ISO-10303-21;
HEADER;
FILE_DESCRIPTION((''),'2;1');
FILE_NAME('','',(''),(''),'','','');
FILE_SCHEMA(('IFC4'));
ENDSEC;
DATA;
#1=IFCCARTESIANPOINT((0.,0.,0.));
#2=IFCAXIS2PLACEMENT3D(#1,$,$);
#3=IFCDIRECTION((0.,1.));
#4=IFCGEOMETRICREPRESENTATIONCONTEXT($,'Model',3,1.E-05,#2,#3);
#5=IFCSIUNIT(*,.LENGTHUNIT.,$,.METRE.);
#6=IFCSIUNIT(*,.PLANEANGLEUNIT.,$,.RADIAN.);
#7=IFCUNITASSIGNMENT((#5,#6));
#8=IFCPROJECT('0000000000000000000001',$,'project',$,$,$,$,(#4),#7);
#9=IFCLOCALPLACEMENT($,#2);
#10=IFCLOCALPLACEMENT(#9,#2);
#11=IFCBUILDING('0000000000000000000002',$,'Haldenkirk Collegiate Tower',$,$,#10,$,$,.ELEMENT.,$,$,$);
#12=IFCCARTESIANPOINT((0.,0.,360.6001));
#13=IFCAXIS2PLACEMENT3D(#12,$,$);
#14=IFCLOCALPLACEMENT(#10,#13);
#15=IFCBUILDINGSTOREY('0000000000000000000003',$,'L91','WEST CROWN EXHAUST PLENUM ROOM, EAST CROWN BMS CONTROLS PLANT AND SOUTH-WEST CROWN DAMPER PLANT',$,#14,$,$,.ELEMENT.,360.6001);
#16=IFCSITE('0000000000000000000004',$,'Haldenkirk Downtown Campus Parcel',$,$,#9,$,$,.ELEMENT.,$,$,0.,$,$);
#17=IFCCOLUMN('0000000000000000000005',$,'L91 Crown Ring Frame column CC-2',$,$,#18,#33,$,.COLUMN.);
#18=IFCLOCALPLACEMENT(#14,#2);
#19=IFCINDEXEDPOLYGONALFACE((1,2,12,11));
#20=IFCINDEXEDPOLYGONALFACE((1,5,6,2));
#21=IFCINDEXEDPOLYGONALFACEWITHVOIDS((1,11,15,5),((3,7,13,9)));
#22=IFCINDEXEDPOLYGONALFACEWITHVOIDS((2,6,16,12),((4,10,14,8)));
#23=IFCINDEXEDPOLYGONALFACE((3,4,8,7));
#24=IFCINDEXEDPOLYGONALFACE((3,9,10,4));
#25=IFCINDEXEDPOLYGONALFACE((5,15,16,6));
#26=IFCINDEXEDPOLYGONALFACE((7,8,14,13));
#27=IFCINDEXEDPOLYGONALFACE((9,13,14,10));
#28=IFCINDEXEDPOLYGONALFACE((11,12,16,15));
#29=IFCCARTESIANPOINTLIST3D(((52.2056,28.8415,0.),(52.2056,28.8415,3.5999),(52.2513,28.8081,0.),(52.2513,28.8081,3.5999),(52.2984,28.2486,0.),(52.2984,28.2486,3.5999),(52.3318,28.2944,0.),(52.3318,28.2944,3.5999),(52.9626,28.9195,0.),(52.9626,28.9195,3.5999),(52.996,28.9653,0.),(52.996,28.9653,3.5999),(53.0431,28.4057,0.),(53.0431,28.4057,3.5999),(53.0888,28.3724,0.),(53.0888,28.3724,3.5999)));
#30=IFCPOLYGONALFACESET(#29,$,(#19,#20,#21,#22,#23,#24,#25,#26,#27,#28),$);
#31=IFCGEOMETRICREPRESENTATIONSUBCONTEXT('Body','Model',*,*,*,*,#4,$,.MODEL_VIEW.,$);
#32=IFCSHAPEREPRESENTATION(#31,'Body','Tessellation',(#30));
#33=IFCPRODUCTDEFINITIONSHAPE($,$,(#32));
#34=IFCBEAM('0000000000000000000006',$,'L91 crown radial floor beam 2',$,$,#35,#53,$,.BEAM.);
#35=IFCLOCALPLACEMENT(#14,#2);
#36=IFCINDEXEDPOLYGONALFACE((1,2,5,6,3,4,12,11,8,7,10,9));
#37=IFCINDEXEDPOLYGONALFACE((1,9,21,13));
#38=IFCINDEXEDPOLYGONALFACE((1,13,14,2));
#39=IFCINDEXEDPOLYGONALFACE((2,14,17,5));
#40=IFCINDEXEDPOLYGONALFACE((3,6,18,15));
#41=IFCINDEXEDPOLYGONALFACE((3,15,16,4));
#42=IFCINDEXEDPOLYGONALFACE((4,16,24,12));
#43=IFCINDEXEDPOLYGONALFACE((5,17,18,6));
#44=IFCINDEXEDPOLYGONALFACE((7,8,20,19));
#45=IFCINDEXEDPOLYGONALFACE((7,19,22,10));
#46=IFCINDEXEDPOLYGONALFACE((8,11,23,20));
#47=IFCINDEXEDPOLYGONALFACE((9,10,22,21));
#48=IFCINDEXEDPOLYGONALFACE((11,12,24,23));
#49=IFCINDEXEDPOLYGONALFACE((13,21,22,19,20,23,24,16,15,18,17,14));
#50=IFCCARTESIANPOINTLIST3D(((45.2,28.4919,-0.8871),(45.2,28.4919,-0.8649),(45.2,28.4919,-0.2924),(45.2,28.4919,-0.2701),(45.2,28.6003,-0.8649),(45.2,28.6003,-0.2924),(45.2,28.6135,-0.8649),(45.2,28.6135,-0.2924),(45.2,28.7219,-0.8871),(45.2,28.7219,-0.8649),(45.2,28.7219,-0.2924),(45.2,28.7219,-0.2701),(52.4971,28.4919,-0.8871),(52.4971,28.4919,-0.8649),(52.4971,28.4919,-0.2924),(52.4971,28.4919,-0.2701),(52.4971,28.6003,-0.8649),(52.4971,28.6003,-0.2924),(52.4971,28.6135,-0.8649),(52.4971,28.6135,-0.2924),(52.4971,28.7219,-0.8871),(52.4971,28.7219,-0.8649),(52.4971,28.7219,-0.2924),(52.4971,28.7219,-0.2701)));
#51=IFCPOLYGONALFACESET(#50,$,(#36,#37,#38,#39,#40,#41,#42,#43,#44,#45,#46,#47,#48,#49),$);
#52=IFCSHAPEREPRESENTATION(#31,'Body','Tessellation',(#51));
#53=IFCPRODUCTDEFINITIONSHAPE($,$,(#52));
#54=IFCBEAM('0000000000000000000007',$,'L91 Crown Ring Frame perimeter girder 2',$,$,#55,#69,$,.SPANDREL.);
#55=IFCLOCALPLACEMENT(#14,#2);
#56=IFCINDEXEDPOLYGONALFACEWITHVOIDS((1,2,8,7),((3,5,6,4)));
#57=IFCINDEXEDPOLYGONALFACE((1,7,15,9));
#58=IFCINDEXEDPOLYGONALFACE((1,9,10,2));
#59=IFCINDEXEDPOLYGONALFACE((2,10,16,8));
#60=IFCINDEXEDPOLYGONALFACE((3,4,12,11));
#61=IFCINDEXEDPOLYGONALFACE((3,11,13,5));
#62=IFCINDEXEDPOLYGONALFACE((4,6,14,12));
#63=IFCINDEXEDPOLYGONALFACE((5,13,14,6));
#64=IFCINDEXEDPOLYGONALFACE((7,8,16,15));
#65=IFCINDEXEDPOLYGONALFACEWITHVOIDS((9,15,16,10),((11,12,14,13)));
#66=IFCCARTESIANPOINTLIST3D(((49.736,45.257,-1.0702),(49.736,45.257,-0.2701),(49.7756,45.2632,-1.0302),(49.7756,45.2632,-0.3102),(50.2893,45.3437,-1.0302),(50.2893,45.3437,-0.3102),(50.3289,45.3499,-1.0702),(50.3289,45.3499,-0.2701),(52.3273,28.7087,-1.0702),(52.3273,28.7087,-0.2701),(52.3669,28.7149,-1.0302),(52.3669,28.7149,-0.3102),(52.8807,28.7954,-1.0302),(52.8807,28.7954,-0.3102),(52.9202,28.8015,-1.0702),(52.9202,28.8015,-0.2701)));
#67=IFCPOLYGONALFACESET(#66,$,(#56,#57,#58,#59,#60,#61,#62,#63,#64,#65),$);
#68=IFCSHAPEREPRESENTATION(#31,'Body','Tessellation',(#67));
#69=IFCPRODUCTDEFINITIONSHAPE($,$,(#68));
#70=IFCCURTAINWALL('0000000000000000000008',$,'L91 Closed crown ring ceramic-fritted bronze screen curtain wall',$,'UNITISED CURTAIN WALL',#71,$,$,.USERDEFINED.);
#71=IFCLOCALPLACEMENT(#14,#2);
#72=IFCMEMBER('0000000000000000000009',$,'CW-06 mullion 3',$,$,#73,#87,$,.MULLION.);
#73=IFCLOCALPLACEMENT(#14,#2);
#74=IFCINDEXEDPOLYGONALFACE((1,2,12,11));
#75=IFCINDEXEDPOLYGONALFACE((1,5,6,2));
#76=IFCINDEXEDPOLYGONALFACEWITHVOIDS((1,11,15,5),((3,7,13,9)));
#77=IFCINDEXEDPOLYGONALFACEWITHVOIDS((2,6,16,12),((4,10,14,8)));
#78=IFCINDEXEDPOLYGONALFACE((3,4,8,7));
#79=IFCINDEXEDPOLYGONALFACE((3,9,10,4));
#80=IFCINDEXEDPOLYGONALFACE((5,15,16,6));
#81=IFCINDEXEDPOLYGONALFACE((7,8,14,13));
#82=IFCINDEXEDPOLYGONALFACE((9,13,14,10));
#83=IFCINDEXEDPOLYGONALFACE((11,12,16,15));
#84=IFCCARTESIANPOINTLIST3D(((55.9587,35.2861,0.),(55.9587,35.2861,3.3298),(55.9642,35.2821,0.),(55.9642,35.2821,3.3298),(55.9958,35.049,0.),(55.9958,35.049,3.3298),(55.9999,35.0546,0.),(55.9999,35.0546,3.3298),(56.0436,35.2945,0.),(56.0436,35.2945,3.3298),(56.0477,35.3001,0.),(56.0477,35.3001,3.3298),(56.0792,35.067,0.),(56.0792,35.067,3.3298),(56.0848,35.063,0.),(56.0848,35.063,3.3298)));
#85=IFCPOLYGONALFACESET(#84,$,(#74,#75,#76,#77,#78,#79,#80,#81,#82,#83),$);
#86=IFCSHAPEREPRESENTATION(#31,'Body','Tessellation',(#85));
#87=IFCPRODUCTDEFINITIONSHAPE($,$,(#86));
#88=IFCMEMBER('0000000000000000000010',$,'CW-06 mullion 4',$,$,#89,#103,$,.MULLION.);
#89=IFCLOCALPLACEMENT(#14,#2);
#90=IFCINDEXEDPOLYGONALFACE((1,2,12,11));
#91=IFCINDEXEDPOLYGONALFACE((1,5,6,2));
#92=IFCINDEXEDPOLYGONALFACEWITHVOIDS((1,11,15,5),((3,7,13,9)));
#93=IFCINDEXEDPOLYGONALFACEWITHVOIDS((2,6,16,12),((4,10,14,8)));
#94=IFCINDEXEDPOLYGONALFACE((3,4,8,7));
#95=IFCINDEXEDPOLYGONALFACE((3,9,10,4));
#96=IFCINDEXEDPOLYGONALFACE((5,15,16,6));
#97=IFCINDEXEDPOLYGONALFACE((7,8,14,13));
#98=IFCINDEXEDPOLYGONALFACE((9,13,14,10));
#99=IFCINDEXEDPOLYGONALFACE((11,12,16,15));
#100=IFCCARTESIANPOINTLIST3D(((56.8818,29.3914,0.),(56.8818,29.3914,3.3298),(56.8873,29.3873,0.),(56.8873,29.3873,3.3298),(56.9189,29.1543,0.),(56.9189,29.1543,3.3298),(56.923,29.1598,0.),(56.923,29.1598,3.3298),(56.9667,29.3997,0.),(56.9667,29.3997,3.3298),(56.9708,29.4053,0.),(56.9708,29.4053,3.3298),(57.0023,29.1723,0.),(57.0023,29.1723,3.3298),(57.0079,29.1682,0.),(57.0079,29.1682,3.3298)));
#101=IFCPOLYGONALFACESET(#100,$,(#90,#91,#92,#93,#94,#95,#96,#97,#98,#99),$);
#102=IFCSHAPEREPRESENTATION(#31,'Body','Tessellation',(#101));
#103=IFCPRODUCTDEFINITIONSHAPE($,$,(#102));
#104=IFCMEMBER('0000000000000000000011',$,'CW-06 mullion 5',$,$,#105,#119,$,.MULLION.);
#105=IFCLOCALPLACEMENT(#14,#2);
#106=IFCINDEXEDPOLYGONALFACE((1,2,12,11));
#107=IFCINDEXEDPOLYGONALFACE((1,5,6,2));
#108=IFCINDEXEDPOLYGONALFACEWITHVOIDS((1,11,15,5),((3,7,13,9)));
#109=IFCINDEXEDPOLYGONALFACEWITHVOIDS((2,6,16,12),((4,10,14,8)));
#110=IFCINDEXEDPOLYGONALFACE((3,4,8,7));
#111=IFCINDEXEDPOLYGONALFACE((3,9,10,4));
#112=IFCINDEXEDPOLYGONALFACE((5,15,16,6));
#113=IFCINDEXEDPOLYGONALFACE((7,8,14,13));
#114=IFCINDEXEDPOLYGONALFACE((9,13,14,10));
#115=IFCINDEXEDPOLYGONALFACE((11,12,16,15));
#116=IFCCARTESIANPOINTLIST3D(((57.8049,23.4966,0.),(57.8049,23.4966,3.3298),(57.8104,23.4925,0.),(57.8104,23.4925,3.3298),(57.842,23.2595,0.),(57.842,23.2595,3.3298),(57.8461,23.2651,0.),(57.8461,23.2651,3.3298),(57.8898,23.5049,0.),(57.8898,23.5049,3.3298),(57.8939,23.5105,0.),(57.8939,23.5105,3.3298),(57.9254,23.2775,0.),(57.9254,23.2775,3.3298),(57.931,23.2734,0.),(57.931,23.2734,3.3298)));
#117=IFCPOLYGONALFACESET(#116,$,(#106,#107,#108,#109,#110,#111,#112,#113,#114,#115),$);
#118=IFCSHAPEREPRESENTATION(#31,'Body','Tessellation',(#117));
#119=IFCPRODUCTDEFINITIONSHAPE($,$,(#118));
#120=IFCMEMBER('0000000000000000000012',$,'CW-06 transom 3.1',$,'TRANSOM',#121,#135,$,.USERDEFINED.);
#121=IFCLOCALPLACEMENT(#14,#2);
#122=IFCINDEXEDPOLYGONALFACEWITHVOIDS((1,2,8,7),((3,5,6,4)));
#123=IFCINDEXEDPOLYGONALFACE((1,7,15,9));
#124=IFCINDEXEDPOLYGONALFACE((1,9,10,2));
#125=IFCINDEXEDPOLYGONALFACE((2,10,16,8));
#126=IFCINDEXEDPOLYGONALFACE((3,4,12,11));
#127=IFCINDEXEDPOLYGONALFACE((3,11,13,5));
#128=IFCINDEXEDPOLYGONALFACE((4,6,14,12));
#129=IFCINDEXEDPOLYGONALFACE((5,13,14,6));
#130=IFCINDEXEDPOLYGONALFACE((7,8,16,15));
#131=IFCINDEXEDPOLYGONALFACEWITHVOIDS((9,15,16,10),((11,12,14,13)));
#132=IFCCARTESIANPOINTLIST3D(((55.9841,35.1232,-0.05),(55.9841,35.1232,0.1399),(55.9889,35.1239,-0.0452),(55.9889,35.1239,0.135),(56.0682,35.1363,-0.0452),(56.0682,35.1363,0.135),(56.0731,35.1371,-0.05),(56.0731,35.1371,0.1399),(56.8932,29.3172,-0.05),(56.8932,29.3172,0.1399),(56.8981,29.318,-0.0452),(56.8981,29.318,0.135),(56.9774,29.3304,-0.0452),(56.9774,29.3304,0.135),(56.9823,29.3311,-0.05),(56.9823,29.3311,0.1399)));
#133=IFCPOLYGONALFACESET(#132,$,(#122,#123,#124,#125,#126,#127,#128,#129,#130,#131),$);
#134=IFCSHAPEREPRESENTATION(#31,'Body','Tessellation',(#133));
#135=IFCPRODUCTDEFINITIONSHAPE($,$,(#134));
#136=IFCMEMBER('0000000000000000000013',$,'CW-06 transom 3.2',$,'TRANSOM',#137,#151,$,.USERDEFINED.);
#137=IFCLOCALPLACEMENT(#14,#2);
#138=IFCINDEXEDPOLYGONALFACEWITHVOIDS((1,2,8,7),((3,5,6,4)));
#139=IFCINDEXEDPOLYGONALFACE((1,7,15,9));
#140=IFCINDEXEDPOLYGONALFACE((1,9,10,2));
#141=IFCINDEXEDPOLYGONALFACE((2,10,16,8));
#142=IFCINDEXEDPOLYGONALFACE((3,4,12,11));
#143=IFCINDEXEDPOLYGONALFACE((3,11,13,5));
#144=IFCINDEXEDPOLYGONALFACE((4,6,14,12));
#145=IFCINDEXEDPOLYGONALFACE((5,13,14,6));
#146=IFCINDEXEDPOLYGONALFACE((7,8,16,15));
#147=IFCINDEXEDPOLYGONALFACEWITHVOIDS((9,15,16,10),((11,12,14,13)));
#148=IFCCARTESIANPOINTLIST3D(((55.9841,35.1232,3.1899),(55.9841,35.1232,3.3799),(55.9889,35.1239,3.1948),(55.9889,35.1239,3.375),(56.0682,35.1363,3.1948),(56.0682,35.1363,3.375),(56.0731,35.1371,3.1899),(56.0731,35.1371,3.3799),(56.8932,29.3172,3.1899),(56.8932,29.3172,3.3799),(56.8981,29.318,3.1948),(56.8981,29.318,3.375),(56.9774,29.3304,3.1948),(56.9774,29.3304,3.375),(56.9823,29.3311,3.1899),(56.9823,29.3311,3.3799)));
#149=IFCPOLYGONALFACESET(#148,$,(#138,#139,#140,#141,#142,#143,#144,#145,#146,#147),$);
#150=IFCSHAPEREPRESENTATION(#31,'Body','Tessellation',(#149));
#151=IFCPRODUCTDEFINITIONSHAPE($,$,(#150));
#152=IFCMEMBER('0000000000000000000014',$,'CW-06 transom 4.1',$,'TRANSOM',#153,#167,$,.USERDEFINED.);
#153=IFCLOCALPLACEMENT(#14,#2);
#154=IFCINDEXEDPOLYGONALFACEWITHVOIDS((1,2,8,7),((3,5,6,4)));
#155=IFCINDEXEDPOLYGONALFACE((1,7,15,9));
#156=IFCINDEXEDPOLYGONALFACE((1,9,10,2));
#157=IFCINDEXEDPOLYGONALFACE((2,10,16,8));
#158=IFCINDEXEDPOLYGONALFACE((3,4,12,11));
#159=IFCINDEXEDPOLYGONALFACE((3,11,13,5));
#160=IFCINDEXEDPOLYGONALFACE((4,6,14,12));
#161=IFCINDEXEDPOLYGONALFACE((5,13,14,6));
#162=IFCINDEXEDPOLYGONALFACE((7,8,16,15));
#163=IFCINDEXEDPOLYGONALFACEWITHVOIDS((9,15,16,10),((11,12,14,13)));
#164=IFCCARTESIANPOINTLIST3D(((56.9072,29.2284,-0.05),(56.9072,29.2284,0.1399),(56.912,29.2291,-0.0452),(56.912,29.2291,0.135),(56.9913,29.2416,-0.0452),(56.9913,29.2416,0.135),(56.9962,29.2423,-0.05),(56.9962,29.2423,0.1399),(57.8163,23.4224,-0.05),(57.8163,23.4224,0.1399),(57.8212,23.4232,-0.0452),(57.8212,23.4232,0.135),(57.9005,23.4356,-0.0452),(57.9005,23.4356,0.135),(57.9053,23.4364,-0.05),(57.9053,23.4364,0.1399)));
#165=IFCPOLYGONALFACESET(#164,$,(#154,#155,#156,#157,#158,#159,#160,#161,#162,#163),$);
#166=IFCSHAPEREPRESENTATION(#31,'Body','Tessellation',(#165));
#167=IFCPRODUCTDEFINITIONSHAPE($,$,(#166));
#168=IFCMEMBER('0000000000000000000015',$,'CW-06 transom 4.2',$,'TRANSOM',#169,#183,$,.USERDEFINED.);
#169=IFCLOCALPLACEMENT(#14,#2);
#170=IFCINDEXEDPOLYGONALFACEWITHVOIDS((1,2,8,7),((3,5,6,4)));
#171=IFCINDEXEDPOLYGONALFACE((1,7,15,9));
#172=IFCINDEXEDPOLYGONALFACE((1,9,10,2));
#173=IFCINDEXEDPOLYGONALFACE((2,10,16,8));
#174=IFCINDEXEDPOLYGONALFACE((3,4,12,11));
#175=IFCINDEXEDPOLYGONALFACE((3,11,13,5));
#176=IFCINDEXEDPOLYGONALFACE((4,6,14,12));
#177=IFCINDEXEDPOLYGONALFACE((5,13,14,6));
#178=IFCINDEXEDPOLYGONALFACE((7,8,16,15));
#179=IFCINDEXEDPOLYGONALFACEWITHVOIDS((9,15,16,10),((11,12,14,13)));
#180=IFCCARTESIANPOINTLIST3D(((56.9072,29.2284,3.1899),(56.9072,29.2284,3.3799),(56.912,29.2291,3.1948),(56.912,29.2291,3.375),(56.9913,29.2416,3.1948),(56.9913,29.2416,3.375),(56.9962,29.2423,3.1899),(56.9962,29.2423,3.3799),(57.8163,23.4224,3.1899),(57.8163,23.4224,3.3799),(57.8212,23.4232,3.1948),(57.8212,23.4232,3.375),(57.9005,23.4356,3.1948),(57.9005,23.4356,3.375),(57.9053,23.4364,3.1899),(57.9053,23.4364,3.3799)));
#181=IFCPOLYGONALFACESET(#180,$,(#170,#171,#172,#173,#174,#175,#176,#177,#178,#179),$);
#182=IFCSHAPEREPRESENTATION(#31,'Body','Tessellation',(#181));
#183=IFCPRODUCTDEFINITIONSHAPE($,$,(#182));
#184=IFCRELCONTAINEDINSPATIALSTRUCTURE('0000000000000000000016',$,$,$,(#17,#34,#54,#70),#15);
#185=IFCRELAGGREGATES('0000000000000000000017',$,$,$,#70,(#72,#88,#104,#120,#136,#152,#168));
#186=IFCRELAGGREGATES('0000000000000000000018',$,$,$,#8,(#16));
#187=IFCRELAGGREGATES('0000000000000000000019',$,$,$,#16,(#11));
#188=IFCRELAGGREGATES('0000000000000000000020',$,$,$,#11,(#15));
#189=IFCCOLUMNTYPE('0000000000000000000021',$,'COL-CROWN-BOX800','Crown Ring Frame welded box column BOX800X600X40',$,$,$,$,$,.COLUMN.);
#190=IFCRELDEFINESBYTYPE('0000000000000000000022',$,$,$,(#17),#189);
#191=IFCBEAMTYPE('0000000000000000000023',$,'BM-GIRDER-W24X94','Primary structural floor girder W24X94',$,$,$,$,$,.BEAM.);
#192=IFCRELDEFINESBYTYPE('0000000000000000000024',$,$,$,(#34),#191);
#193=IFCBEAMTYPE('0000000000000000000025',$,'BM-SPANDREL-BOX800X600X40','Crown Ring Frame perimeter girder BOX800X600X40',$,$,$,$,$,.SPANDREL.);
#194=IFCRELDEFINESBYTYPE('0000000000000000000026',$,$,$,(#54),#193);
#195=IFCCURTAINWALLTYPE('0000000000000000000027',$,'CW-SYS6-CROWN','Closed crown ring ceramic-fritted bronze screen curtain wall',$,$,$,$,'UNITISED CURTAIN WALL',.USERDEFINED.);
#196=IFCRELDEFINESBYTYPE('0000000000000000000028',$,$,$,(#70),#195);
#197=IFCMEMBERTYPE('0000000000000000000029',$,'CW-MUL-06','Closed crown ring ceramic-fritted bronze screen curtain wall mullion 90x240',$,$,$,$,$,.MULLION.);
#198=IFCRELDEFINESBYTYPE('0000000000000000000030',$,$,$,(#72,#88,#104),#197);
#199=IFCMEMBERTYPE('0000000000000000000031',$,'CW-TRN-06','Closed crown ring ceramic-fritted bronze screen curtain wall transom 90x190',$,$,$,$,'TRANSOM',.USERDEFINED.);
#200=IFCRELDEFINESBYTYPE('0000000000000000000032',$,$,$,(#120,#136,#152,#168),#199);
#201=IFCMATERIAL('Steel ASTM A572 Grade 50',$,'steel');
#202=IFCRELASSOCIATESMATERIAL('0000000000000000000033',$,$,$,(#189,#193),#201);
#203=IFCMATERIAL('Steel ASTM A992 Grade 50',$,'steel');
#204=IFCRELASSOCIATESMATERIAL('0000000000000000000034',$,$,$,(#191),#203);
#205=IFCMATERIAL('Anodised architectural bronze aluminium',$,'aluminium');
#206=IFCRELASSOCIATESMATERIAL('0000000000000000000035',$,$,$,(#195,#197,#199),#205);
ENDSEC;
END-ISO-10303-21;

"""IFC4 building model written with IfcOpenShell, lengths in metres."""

from ifc_helpers import new_model, si_unit, direction, frame, origin, origin_2d, place, context, subcontext, project, spatial, hollow_rectangle, i_section, extrude, material, material_profile, profile_set, type_object, element, aggregate, save


model = new_model("IFC4")

# Units and contexts
model_context = context("Model", 3, precision=1e-05, world=origin(), true_north=direction((0.0, 1.0)))
body_context = subcontext(model_context, "Body", "Model", "MODEL_VIEW")
ifc_project = project(units=[si_unit("LENGTHUNIT", "METRE"), si_unit("PLANEANGLEUNIT", "RADIAN")], contexts=[model_context])

# Site, building, storey
site_placement = place(None, origin())
site = spatial("IfcSite", under=ifc_project, at=site_placement, Name="Haldenkirk Downtown Campus Parcel", CompositionType="ELEMENT", RefElevation=0.0)
building_placement = place(site_placement, origin())
building = spatial("IfcBuilding", under=site, at=building_placement, Name="Haldenkirk Collegiate Tower", CompositionType="ELEMENT")
storey_placement = place(building_placement, frame((0.0, 0.0, 360.6001)))
storey = spatial("IfcBuildingStorey", under=building, at=storey_placement, Name="L91", Description="WEST CROWN EXHAUST PLENUM ROOM, EAST CROWN BMS CONTROLS PLANT AND SOUTH-WEST CROWN DAMPER PLANT", CompositionType="ELEMENT", Elevation=360.6001)

# Column
ifc_material_1 = material(Name="Steel ASTM A572 Grade 50", Category="steel")
ifc_material_profile_1 = material_profile(ifc_material_1, hollow_rectangle(XDim=0.6001, YDim=0.8, WallThickness=0.04, at=origin_2d()), Name="BOX800X600X40")
ifc_profile_set_1 = profile_set([ifc_material_profile_1], Name="Steel ASTM A572 Grade 50")
column_type = type_object("IfcColumnType", Name="COL-CROWN-BOX800", Description="Crown Ring Frame welded box column BOX800X600X40", PredefinedType="COLUMN", material=ifc_profile_set_1)
column_placement = place(storey_placement, frame((52.6472, 28.6069, 0.0), z_axis=(0.0, 0.0, 1.0), x_axis=(-0.15471, 0.98796, 0.0)))
element("IfcColumn", 1, at=column_placement, inside=storey, type_object=column_type, Name="L91 Crown Ring Frame column CC-2", PredefinedType="COLUMN", context=body_context, shape_type="SweptSolid", body=[
    extrude(hollow_rectangle(XDim=0.6001, YDim=0.8, WallThickness=0.04, at=origin_2d()), origin(), (0.0, 0.0, 1.0), 3.5999),
])

# Beams
ifc_material_2 = material(Name="Steel ASTM A992 Grade 50", Category="steel")
ifc_material_profile_2 = material_profile(ifc_material_2, i_section(OverallWidth=0.23, OverallDepth=0.6169, WebThickness=0.0132, FlangeThickness=0.0222, at=origin_2d()), Name="W24X94")
ifc_profile_set_2 = profile_set([ifc_material_profile_2], Name="Steel ASTM A992 Grade 50")
beam_type_1 = type_object("IfcBeamType", Name="BM-GIRDER-W24X94", Description="Primary structural floor girder W24X94", PredefinedType="BEAM", material=ifc_profile_set_2)
beam_1_placement = place(storey_placement, frame((52.4971, 28.6069, -0.5786), z_axis=(-1.0, 0.0, 0.0), x_axis=(0.0, -1.0, 0.0)))
element("IfcBeam", 2, at=beam_1_placement, inside=storey, type_object=beam_type_1, Name="L91 crown radial floor beam 2", PredefinedType="BEAM", context=body_context, shape_type="SweptSolid", body=[
    extrude(i_section(OverallWidth=0.23, OverallDepth=0.6169, WebThickness=0.0132, FlangeThickness=0.0222, at=origin_2d()), origin(), (0.0, 0.0, 1.0), 7.2971),
])
ifc_material_profile_3 = material_profile(ifc_material_1, hollow_rectangle(XDim=0.6001, YDim=0.8, WallThickness=0.04, at=origin_2d()), Name="BOX800X600X40")
ifc_profile_set_3 = profile_set([ifc_material_profile_3], Name="Steel ASTM A572 Grade 50")
beam_type_2 = type_object("IfcBeamType", Name="BM-SPANDREL-BOX800X600X40", Description="Crown Ring Frame perimeter girder BOX800X600X40", PredefinedType="SPANDREL", material=ifc_profile_set_3)
beam_2_placement = place(storey_placement, frame((52.6238, 28.7551, -0.6702), z_axis=(-0.154705, 0.987961, 0.0), x_axis=(-0.987961, -0.154705, 0.0)))
element("IfcBeam", 3, at=beam_2_placement, inside=storey, type_object=beam_type_2, Name="L91 Crown Ring Frame perimeter girder 2", PredefinedType="SPANDREL", context=body_context, shape_type="SweptSolid", body=[
    extrude(hollow_rectangle(XDim=0.6001, YDim=0.8, WallThickness=0.04, at=origin_2d()), origin(), (0.0, 0.0, 1.0), 16.75),
])

# Curtain wall, members
ifc_material_3 = material(Name="Anodised architectural bronze aluminium", Category="aluminium")
curtain_wall_type = type_object("IfcCurtainWallType", Name="CW-SYS6-CROWN", Description="Closed crown ring ceramic-fritted bronze screen curtain wall", ElementType="UNITISED CURTAIN WALL", PredefinedType="USERDEFINED", material=ifc_material_3)
curtain_wall_placement = place(storey_placement, origin())
curtain_wall = element("IfcCurtainWall", 4, at=curtain_wall_placement, inside=storey, type_object=curtain_wall_type, Name="L91 Closed crown ring ceramic-fritted bronze screen curtain wall", ObjectType="UNITISED CURTAIN WALL", PredefinedType="USERDEFINED")
ifc_material_profile_4 = material_profile(ifc_material_3, hollow_rectangle(XDim=0.0901, YDim=0.24, WallThickness=0.0049, at=origin_2d()), Name="CW-MUL-06")
ifc_profile_set_4 = profile_set([ifc_material_profile_4], Name="Anodised architectural bronze aluminium")
member_type_1 = type_object("IfcMemberType", Name="CW-MUL-06", Description="Closed crown ring ceramic-fritted bronze screen curtain wall mullion 90x240", PredefinedType="MULLION", material=ifc_profile_set_4)
member_1_placement = place(storey_placement, frame((56.0217, 35.1746, 0.0), z_axis=(0.0, 0.0, 1.0), x_axis=(0.98796, 0.154713, 0.0)))
member_1 = element("IfcMember", 5, at=member_1_placement, type_object=member_type_1, Name="CW-06 mullion 3", PredefinedType="MULLION", context=body_context, shape_type="SweptSolid", body=[
    extrude(hollow_rectangle(XDim=0.0901, YDim=0.24, WallThickness=0.0049, at=origin_2d()), origin(), (0.0, 0.0, 1.0), 3.3298),
])
member_2_placement = place(storey_placement, frame((56.9448, 29.2798, 0.0), z_axis=(0.0, 0.0, 1.0), x_axis=(0.98796, 0.154713, 0.0)))
member_2 = element("IfcMember", 6, at=member_2_placement, type_object=member_type_1, Name="CW-06 mullion 4", PredefinedType="MULLION", context=body_context, shape_type="SweptSolid", body=[
    extrude(hollow_rectangle(XDim=0.0901, YDim=0.24, WallThickness=0.0049, at=origin_2d()), origin(), (0.0, 0.0, 1.0), 3.3298),
])
member_3_placement = place(storey_placement, frame((57.8679, 23.385, 0.0), z_axis=(0.0, 0.0, 1.0), x_axis=(0.98796, 0.154713, 0.0)))
member_3 = element("IfcMember", 7, at=member_3_placement, type_object=member_type_1, Name="CW-06 mullion 5", PredefinedType="MULLION", context=body_context, shape_type="SweptSolid", body=[
    extrude(hollow_rectangle(XDim=0.0901, YDim=0.24, WallThickness=0.0049, at=origin_2d()), origin(), (0.0, 0.0, 1.0), 3.3298),
])
ifc_material_profile_5 = material_profile(ifc_material_3, hollow_rectangle(XDim=0.0901, YDim=0.1899, WallThickness=0.0049, at=origin_2d()), Name="CW-TRN-06")
ifc_profile_set_5 = profile_set([ifc_material_profile_5], Name="Anodised architectural bronze aluminium")
member_type_2 = type_object("IfcMemberType", Name="CW-TRN-06", Description="Closed crown ring ceramic-fritted bronze screen curtain wall transom 90x190", ElementType="TRANSOM", PredefinedType="USERDEFINED", material=ifc_profile_set_5)
member_4_placement = place(storey_placement, frame((56.0286, 35.1301, 0.0449), z_axis=(0.15471, -0.98796, 0.0), x_axis=(0.98796, 0.15471, 0.0)))
member_4 = element("IfcMember", 8, at=member_4_placement, type_object=member_type_2, Name="CW-06 transom 3.1", ObjectType="TRANSOM", PredefinedType="USERDEFINED", context=body_context, shape_type="SweptSolid", body=[
    extrude(hollow_rectangle(XDim=0.0901, YDim=0.1899, WallThickness=0.0049, at=origin_2d()), origin(), (0.0, 0.0, 1.0), 5.8767),
])
member_5_placement = place(storey_placement, frame((56.0286, 35.1301, 3.2849), z_axis=(0.15471, -0.98796, 0.0), x_axis=(0.98796, 0.15471, 0.0)))
member_5 = element("IfcMember", 9, at=member_5_placement, type_object=member_type_2, Name="CW-06 transom 3.2", ObjectType="TRANSOM", PredefinedType="USERDEFINED", context=body_context, shape_type="SweptSolid", body=[
    extrude(hollow_rectangle(XDim=0.0901, YDim=0.1899, WallThickness=0.0049, at=origin_2d()), origin(), (0.0, 0.0, 1.0), 5.8767),
])
member_6_placement = place(storey_placement, frame((56.9517, 29.2354, 0.0449), z_axis=(0.15471, -0.98796, 0.0), x_axis=(0.98796, 0.15471, 0.0)))
member_6 = element("IfcMember", 10, at=member_6_placement, type_object=member_type_2, Name="CW-06 transom 4.1", ObjectType="TRANSOM", PredefinedType="USERDEFINED", context=body_context, shape_type="SweptSolid", body=[
    extrude(hollow_rectangle(XDim=0.0901, YDim=0.1899, WallThickness=0.0049, at=origin_2d()), origin(), (0.0, 0.0, 1.0), 5.8767),
])
member_7_placement = place(storey_placement, frame((56.9517, 29.2354, 3.2849), z_axis=(0.15471, -0.98796, 0.0), x_axis=(0.98796, 0.15471, 0.0)))
member_7 = element("IfcMember", 11, at=member_7_placement, type_object=member_type_2, Name="CW-06 transom 4.2", ObjectType="TRANSOM", PredefinedType="USERDEFINED", context=body_context, shape_type="SweptSolid", body=[
    extrude(hollow_rectangle(XDim=0.0901, YDim=0.1899, WallThickness=0.0049, at=origin_2d()), origin(), (0.0, 0.0, 1.0), 5.8767),
])

aggregate(curtain_wall, [member_1, member_2, member_3, member_4, member_5, member_6, member_7])

save(model, "model.ifc")
